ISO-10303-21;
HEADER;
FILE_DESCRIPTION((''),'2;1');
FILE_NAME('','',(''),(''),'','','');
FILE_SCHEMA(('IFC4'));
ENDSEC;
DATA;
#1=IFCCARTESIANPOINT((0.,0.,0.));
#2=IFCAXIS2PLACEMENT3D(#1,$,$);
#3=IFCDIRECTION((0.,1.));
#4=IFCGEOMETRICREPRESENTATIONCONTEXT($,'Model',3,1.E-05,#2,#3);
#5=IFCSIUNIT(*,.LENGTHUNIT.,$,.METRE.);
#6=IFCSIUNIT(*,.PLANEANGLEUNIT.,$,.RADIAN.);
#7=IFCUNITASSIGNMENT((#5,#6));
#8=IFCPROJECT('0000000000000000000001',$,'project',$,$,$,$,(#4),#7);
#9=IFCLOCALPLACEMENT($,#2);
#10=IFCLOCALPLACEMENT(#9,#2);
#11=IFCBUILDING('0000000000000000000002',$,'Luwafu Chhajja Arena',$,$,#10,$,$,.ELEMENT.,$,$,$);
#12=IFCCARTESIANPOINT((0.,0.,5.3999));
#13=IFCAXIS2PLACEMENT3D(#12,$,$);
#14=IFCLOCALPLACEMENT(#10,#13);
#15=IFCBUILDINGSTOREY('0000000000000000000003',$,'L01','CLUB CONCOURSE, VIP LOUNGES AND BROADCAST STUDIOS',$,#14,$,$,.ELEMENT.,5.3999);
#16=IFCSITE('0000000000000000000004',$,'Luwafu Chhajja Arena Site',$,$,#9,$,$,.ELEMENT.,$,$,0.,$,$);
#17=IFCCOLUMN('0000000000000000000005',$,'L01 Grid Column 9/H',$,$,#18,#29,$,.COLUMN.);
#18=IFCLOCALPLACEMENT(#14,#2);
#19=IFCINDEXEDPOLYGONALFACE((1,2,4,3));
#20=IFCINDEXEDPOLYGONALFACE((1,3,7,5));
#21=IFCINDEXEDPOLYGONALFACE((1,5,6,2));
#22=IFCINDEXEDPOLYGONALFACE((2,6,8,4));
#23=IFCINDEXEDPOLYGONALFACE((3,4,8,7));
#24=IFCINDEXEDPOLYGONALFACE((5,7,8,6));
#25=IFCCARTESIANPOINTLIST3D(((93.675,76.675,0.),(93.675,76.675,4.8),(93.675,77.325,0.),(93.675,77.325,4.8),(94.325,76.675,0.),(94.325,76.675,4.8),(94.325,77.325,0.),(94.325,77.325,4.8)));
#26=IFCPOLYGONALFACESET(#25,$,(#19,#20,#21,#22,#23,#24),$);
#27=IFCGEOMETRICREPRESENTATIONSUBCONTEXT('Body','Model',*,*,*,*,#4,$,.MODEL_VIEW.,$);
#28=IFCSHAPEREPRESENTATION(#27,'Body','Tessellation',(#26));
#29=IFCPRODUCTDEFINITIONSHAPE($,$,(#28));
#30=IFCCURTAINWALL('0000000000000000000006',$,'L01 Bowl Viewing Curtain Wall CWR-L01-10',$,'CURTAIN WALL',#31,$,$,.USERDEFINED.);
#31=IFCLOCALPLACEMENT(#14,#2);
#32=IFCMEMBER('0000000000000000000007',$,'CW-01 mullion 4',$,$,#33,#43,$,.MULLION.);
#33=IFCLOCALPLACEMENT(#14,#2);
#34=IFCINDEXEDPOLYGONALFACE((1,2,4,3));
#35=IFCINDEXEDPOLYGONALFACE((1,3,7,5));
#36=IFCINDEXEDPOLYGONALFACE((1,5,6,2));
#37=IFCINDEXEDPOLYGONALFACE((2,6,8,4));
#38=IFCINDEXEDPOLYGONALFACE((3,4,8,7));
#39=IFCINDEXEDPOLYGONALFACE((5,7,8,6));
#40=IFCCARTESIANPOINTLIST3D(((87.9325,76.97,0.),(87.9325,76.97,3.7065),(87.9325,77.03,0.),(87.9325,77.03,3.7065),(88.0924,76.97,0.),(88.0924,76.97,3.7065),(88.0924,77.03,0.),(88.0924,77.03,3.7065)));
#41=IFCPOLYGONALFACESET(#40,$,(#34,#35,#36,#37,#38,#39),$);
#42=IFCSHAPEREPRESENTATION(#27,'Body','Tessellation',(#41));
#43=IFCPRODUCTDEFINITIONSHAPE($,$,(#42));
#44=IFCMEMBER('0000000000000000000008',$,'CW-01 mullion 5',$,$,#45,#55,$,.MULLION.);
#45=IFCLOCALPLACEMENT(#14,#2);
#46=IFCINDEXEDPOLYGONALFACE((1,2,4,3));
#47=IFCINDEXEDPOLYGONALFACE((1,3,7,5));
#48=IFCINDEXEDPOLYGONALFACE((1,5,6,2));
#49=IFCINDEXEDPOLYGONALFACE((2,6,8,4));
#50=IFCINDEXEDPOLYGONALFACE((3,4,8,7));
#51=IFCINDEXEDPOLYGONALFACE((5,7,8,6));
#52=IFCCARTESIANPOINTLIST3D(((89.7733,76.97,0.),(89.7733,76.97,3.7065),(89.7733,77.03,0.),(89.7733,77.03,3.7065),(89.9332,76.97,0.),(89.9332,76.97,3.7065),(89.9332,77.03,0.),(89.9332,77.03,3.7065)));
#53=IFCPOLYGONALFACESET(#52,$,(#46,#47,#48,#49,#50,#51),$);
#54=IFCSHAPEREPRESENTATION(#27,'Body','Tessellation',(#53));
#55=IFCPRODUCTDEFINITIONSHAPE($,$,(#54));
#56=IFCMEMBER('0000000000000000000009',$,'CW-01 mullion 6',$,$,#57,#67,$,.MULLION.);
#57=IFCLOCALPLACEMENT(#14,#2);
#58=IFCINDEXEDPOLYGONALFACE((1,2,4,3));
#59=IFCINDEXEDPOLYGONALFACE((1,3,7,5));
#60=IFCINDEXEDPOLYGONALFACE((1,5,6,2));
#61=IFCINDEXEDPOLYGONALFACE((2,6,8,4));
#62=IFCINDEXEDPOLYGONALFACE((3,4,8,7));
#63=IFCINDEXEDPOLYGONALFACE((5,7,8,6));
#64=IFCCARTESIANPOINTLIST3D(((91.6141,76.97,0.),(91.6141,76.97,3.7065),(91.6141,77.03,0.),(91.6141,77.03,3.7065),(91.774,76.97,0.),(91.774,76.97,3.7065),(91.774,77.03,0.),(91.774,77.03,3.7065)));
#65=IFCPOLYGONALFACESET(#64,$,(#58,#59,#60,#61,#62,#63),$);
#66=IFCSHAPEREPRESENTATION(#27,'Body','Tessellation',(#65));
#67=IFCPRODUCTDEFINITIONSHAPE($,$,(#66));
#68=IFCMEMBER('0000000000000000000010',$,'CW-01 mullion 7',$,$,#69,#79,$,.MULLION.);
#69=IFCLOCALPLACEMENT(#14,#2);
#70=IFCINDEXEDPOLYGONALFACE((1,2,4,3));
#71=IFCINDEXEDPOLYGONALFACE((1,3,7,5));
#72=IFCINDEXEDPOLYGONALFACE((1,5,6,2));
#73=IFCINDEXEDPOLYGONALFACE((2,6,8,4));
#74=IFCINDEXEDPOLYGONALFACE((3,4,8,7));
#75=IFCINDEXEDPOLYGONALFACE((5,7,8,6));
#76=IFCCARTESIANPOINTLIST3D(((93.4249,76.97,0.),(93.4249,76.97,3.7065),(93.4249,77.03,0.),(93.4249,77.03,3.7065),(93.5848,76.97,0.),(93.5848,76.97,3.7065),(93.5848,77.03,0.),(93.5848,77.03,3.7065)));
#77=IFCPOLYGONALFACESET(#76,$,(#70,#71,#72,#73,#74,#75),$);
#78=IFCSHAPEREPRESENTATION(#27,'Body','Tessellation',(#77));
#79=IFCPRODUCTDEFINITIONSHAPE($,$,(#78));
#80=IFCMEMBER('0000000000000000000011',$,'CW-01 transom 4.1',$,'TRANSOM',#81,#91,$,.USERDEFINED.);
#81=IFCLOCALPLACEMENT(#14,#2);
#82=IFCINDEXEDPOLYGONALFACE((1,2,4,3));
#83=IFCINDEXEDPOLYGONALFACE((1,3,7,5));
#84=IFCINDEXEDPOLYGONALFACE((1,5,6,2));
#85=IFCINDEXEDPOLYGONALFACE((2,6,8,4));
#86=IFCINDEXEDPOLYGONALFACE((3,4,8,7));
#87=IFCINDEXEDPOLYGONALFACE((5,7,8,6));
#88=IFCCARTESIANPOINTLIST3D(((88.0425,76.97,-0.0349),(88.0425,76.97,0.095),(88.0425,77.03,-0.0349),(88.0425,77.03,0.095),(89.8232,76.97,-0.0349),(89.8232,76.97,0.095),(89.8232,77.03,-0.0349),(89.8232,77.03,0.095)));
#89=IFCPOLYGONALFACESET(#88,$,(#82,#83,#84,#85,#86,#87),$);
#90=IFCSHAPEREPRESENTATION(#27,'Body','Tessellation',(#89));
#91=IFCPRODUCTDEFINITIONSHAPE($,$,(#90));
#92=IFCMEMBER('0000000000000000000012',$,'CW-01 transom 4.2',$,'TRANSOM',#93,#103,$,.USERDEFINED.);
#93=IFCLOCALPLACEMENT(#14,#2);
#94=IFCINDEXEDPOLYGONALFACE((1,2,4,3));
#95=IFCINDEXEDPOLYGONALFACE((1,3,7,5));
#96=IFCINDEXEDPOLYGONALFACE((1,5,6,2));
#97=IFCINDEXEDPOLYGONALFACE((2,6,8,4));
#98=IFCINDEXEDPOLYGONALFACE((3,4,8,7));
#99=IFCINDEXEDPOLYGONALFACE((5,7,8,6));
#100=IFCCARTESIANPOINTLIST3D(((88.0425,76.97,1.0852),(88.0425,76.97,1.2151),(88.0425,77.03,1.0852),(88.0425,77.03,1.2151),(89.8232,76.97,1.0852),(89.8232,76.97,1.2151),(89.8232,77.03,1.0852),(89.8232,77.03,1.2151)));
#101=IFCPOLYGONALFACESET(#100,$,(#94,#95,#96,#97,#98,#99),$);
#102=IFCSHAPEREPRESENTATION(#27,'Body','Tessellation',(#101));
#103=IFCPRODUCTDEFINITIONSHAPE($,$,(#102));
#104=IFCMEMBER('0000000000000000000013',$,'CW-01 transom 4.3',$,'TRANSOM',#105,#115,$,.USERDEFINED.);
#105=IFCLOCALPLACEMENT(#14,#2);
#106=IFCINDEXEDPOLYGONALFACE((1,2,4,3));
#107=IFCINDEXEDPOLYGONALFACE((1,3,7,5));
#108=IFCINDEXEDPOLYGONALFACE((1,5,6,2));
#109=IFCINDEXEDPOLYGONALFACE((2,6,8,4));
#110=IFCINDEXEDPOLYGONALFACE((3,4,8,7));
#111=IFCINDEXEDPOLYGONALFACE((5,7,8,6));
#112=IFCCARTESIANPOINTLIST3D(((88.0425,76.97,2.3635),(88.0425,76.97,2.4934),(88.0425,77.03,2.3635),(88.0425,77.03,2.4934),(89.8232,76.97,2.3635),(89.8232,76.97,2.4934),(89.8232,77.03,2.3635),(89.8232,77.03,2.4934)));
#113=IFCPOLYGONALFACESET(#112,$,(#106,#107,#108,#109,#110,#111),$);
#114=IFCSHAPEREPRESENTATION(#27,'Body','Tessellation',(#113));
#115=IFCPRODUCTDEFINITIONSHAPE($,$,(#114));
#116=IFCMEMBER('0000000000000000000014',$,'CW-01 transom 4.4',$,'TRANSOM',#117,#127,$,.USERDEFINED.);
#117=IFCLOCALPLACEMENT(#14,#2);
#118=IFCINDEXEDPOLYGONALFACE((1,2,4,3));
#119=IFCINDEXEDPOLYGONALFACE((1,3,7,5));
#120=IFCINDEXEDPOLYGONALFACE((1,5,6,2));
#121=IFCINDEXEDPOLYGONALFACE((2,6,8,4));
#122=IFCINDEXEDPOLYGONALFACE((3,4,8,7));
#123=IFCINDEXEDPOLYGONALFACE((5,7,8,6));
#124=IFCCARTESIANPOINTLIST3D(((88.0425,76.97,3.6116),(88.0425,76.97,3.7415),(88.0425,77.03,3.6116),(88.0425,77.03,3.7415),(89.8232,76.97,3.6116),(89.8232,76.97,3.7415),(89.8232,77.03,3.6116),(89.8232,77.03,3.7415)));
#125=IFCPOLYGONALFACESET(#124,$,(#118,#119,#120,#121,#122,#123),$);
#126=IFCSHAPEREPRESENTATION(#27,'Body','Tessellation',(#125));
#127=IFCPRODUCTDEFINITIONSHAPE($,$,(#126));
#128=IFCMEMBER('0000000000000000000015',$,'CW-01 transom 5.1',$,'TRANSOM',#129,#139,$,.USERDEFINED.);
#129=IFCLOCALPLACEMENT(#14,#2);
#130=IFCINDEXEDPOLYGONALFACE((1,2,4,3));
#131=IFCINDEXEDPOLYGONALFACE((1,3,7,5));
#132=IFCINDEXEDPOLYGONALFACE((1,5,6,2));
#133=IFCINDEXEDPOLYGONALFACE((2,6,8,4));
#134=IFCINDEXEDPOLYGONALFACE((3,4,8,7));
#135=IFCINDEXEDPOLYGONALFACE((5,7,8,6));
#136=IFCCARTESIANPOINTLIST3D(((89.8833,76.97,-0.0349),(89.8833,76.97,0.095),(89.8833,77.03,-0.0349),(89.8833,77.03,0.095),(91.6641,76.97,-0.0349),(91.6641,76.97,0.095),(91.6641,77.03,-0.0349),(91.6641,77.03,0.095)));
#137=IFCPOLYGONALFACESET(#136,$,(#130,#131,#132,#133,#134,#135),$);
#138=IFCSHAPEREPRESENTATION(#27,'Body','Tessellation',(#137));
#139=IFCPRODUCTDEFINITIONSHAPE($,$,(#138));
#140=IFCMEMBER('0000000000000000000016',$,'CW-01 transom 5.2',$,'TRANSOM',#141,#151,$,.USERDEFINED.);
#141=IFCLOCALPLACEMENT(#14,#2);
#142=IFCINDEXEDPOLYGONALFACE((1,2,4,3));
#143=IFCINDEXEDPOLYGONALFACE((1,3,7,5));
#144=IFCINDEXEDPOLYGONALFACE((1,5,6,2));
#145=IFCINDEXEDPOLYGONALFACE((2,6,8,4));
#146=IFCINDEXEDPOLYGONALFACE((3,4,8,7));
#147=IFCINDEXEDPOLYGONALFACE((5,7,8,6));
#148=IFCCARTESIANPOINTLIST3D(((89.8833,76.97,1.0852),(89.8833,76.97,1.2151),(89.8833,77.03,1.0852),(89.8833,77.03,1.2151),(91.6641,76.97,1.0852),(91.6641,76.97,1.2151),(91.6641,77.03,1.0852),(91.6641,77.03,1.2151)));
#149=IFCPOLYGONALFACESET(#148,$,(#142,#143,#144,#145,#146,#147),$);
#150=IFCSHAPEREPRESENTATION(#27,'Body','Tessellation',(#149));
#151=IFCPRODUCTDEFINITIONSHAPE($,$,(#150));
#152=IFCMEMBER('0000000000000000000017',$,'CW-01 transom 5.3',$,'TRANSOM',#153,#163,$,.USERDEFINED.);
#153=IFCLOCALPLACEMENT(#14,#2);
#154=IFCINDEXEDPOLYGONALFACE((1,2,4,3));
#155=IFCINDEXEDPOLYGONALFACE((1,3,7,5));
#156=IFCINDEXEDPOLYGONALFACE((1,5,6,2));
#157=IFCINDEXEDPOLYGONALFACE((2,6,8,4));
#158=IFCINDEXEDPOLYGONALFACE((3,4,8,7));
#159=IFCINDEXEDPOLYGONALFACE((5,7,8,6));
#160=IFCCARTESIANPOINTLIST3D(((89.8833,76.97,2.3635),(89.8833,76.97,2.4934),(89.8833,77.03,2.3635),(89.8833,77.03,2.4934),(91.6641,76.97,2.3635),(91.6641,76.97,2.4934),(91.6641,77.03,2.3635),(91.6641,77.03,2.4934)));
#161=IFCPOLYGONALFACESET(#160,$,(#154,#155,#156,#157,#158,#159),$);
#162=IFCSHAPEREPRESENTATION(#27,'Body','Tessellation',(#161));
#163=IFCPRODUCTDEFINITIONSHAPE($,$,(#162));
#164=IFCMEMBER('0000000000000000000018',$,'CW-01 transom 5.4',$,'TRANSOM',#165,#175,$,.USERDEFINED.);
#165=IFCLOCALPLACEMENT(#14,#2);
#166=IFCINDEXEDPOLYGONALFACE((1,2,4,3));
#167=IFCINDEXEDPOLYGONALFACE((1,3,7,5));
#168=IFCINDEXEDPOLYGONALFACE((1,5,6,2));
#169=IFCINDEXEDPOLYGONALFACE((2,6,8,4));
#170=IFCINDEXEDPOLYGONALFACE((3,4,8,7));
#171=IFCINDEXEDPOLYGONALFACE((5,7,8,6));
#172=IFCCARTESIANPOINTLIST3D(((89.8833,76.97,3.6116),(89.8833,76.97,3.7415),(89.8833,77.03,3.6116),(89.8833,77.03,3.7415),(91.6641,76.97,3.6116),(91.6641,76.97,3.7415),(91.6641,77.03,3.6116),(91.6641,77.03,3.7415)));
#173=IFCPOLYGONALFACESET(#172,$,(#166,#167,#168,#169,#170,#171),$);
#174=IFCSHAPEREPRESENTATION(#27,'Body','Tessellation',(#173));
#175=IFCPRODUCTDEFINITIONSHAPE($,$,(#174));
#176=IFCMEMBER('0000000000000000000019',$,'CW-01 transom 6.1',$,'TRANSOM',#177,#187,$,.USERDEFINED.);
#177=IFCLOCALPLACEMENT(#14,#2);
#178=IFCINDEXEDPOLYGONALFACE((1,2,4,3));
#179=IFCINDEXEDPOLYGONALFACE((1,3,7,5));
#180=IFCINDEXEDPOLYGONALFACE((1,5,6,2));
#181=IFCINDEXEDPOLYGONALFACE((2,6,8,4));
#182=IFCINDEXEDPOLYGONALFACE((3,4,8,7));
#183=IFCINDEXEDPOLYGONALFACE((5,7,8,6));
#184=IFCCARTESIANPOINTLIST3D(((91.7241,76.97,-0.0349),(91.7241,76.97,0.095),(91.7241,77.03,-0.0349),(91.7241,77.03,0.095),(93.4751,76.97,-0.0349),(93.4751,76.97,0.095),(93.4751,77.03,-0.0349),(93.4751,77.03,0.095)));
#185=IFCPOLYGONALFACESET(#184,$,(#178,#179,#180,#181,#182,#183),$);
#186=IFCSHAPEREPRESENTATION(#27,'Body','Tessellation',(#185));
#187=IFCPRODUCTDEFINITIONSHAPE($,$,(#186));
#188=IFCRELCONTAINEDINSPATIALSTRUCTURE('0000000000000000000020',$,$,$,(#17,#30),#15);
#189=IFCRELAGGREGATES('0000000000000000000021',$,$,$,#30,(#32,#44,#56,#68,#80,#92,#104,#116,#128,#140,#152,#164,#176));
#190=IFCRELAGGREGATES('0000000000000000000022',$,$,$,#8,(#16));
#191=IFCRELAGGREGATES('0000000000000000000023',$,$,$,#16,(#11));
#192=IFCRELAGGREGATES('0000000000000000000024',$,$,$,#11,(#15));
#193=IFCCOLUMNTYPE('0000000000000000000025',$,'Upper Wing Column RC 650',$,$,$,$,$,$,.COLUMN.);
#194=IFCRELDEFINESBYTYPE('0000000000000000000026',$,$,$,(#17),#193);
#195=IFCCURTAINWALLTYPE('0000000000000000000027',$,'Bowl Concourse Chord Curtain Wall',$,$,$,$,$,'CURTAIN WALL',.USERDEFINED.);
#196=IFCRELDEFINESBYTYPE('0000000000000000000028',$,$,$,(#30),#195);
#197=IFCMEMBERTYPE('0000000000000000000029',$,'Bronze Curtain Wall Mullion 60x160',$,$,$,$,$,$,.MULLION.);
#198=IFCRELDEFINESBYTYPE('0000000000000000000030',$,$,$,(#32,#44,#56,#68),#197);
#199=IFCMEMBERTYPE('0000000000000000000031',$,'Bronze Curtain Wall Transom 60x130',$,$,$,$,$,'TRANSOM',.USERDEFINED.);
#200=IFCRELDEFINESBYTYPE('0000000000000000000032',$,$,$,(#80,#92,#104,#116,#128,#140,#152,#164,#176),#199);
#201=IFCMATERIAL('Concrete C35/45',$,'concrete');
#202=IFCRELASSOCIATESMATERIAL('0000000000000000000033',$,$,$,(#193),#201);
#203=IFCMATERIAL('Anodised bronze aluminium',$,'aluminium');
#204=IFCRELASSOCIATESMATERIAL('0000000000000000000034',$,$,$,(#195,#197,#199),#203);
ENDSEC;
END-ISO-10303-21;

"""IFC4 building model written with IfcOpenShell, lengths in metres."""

from ifc_helpers import new_model, si_unit, direction, frame, origin, origin_2d, place, context, subcontext, project, spatial, rectangle, extrude, material, material_profile, profile_set, type_object, element, aggregate, save


model = new_model("IFC4")

# Units and contexts
model_context = context("Model", 3, precision=1e-05, world=origin(), true_north=direction((0.0, 1.0)))
body_context = subcontext(model_context, "Body", "Model", "MODEL_VIEW")
ifc_project = project(units=[si_unit("LENGTHUNIT", "METRE"), si_unit("PLANEANGLEUNIT", "RADIAN")], contexts=[model_context])

# Site, building, storey
site_placement = place(None, origin())
site = spatial("IfcSite", under=ifc_project, at=site_placement, Name="Luwafu Chhajja Arena Site", CompositionType="ELEMENT", RefElevation=0.0)
building_placement = place(site_placement, origin())
building = spatial("IfcBuilding", under=site, at=building_placement, Name="Luwafu Chhajja Arena", CompositionType="ELEMENT")
storey_placement = place(building_placement, frame((0.0, 0.0, 5.3999)))
storey = spatial("IfcBuildingStorey", under=building, at=storey_placement, Name="L01", Description="CLUB CONCOURSE, VIP LOUNGES AND BROADCAST STUDIOS", CompositionType="ELEMENT", Elevation=5.3999)

# Column
ifc_material_1 = material(Name="Concrete C35/45", Category="concrete")
ifc_material_profile_1 = material_profile(ifc_material_1, rectangle(XDim=0.6499, YDim=0.6499, at=origin_2d()), Name="RC 650x650")
ifc_profile_set_1 = profile_set([ifc_material_profile_1], Name="Concrete C35/45")
column_type = type_object("IfcColumnType", Name="Upper Wing Column RC 650", PredefinedType="COLUMN", material=ifc_profile_set_1)
column_placement = place(storey_placement, frame((94.0, 77.0, 0.0), z_axis=(0.0, 0.0, 1.0), x_axis=(1.0, 0.0, 0.0)))
element("IfcColumn", 1, at=column_placement, inside=storey, type_object=column_type, Name="L01 Grid Column 9/H", PredefinedType="COLUMN", context=body_context, shape_type="SweptSolid", body=[
    extrude(rectangle(XDim=0.6499, YDim=0.6499, at=origin_2d()), origin(), (0.0, 0.0, 1.0), 4.8),
])

# Curtain wall, members
ifc_material_2 = material(Name="Anodised bronze aluminium", Category="aluminium")
curtain_wall_type = type_object("IfcCurtainWallType", Name="Bowl Concourse Chord Curtain Wall", ElementType="CURTAIN WALL", PredefinedType="USERDEFINED", material=ifc_material_2)
curtain_wall_placement = place(storey_placement, origin())
curtain_wall = element("IfcCurtainWall", 2, at=curtain_wall_placement, inside=storey, type_object=curtain_wall_type, Name="L01 Bowl Viewing Curtain Wall CWR-L01-10", ObjectType="CURTAIN WALL", PredefinedType="USERDEFINED")
ifc_material_profile_2 = material_profile(ifc_material_2, rectangle(XDim=0.0601, YDim=0.1599, at=origin_2d()), Name="CWM 60x160")
ifc_profile_set_2 = profile_set([ifc_material_profile_2], Name="Anodised bronze aluminium")
member_type_1 = type_object("IfcMemberType", Name="Bronze Curtain Wall Mullion 60x160", PredefinedType="MULLION", material=ifc_profile_set_2)
member_1_placement = place(storey_placement, frame((88.0125, 77.0, 0.0), z_axis=(0.0, 0.0, 1.0), x_axis=(0.0, 1.0, 0.0)))
member_1 = element("IfcMember", 3, at=member_1_placement, type_object=member_type_1, Name="CW-01 mullion 4", PredefinedType="MULLION", context=body_context, shape_type="SweptSolid", body=[
    extrude(rectangle(XDim=0.0601, YDim=0.1599, at=origin_2d()), origin(), (0.0, 0.0, 1.0), 3.7065),
])
member_2_placement = place(storey_placement, frame((89.8533, 77.0, 0.0), z_axis=(0.0, 0.0, 1.0), x_axis=(0.0, 1.0, 0.0)))
member_2 = element("IfcMember", 4, at=member_2_placement, type_object=member_type_1, Name="CW-01 mullion 5", PredefinedType="MULLION", context=body_context, shape_type="SweptSolid", body=[
    extrude(rectangle(XDim=0.0601, YDim=0.1599, at=origin_2d()), origin(), (0.0, 0.0, 1.0), 3.7065),
])
member_3_placement = place(storey_placement, frame((91.6941, 77.0, 0.0), z_axis=(0.0, 0.0, 1.0), x_axis=(0.0, 1.0, 0.0)))
member_3 = element("IfcMember", 5, at=member_3_placement, type_object=member_type_1, Name="CW-01 mullion 6", PredefinedType="MULLION", context=body_context, shape_type="SweptSolid", body=[
    extrude(rectangle(XDim=0.0601, YDim=0.1599, at=origin_2d()), origin(), (0.0, 0.0, 1.0), 3.7065),
])
member_4_placement = place(storey_placement, frame((93.5049, 77.0, 0.0), z_axis=(0.0, 0.0, 1.0), x_axis=(0.0, 1.0, 0.0)))
member_4 = element("IfcMember", 6, at=member_4_placement, type_object=member_type_1, Name="CW-01 mullion 7", PredefinedType="MULLION", context=body_context, shape_type="SweptSolid", body=[
    extrude(rectangle(XDim=0.0601, YDim=0.1599, at=origin_2d()), origin(), (0.0, 0.0, 1.0), 3.7065),
])
ifc_material_profile_3 = material_profile(ifc_material_2, rectangle(XDim=0.0601, YDim=0.1299, at=origin_2d()), Name="CWT 60x130")
ifc_profile_set_3 = profile_set([ifc_material_profile_3], Name="Anodised bronze aluminium")
member_type_2 = type_object("IfcMemberType", Name="Bronze Curtain Wall Transom 60x130", ElementType="TRANSOM", PredefinedType="USERDEFINED", material=ifc_profile_set_3)
member_5_placement = place(storey_placement, frame((88.0425, 77.0, 0.03), z_axis=(1.0, 0.0, 0.0), x_axis=(0.0, 1.0, 0.0)))
member_5 = element("IfcMember", 7, at=member_5_placement, type_object=member_type_2, Name="CW-01 transom 4.1", ObjectType="TRANSOM", PredefinedType="USERDEFINED", context=body_context, shape_type="SweptSolid", body=[
    extrude(rectangle(XDim=0.0601, YDim=0.1299, at=origin_2d()), origin(), (0.0, 0.0, 1.0), 1.7808),
])
member_6_placement = place(storey_placement, frame((88.0425, 77.0, 1.1501), z_axis=(1.0, 0.0, 0.0), x_axis=(0.0, 1.0, 0.0)))
member_6 = element("IfcMember", 8, at=member_6_placement, type_object=member_type_2, Name="CW-01 transom 4.2", ObjectType="TRANSOM", PredefinedType="USERDEFINED", context=body_context, shape_type="SweptSolid", body=[
    extrude(rectangle(XDim=0.0601, YDim=0.1299, at=origin_2d()), origin(), (0.0, 0.0, 1.0), 1.7808),
])
member_7_placement = place(storey_placement, frame((88.0425, 77.0, 2.4285), z_axis=(1.0, 0.0, 0.0), x_axis=(0.0, 1.0, 0.0)))
member_7 = element("IfcMember", 9, at=member_7_placement, type_object=member_type_2, Name="CW-01 transom 4.3", ObjectType="TRANSOM", PredefinedType="USERDEFINED", context=body_context, shape_type="SweptSolid", body=[
    extrude(rectangle(XDim=0.0601, YDim=0.1299, at=origin_2d()), origin(), (0.0, 0.0, 1.0), 1.7808),
])
member_8_placement = place(storey_placement, frame((88.0425, 77.0, 3.6765), z_axis=(1.0, 0.0, 0.0), x_axis=(0.0, 1.0, 0.0)))
member_8 = element("IfcMember", 10, at=member_8_placement, type_object=member_type_2, Name="CW-01 transom 4.4", ObjectType="TRANSOM", PredefinedType="USERDEFINED", context=body_context, shape_type="SweptSolid", body=[
    extrude(rectangle(XDim=0.0601, YDim=0.1299, at=origin_2d()), origin(), (0.0, 0.0, 1.0), 1.7808),
])
member_9_placement = place(storey_placement, frame((89.8833, 77.0, 0.03), z_axis=(1.0, 0.0, 0.0), x_axis=(0.0, 1.0, 0.0)))
member_9 = element("IfcMember", 11, at=member_9_placement, type_object=member_type_2, Name="CW-01 transom 5.1", ObjectType="TRANSOM", PredefinedType="USERDEFINED", context=body_context, shape_type="SweptSolid", body=[
    extrude(rectangle(XDim=0.0601, YDim=0.1299, at=origin_2d()), origin(), (0.0, 0.0, 1.0), 1.7808),
])
member_10_placement = place(storey_placement, frame((89.8833, 77.0, 1.1501), z_axis=(1.0, 0.0, 0.0), x_axis=(0.0, 1.0, 0.0)))
member_10 = element("IfcMember", 12, at=member_10_placement, type_object=member_type_2, Name="CW-01 transom 5.2", ObjectType="TRANSOM", PredefinedType="USERDEFINED", context=body_context, shape_type="SweptSolid", body=[
    extrude(rectangle(XDim=0.0601, YDim=0.1299, at=origin_2d()), origin(), (0.0, 0.0, 1.0), 1.7808),
])
member_11_placement = place(storey_placement, frame((89.8833, 77.0, 2.4285), z_axis=(1.0, 0.0, 0.0), x_axis=(0.0, 1.0, 0.0)))
member_11 = element("IfcMember", 13, at=member_11_placement, type_object=member_type_2, Name="CW-01 transom 5.3", ObjectType="TRANSOM", PredefinedType="USERDEFINED", context=body_context, shape_type="SweptSolid", body=[
    extrude(rectangle(XDim=0.0601, YDim=0.1299, at=origin_2d()), origin(), (0.0, 0.0, 1.0), 1.7808),
])
member_12_placement = place(storey_placement, frame((89.8833, 77.0, 3.6765), z_axis=(1.0, 0.0, 0.0), x_axis=(0.0, 1.0, 0.0)))
member_12 = element("IfcMember", 14, at=member_12_placement, type_object=member_type_2, Name="CW-01 transom 5.4", ObjectType="TRANSOM", PredefinedType="USERDEFINED", context=body_context, shape_type="SweptSolid", body=[
    extrude(rectangle(XDim=0.0601, YDim=0.1299, at=origin_2d()), origin(), (0.0, 0.0, 1.0), 1.7808),
])
member_13_placement = place(storey_placement, frame((91.7241, 77.0, 0.03), z_axis=(1.0, 0.0, 0.0), x_axis=(0.0, 1.0, 0.0)))
member_13 = element("IfcMember", 15, at=member_13_placement, type_object=member_type_2, Name="CW-01 transom 6.1", ObjectType="TRANSOM", PredefinedType="USERDEFINED", context=body_context, shape_type="SweptSolid", body=[
    extrude(rectangle(XDim=0.0601, YDim=0.1299, at=origin_2d()), origin(), (0.0, 0.0, 1.0), 1.751),
])
aggregate(curtain_wall, [member_1, member_2, member_3, member_4, member_5, member_6, member_7, member_8, member_9, member_10, member_11, member_12, member_13])

save(model, "model.ifc")
